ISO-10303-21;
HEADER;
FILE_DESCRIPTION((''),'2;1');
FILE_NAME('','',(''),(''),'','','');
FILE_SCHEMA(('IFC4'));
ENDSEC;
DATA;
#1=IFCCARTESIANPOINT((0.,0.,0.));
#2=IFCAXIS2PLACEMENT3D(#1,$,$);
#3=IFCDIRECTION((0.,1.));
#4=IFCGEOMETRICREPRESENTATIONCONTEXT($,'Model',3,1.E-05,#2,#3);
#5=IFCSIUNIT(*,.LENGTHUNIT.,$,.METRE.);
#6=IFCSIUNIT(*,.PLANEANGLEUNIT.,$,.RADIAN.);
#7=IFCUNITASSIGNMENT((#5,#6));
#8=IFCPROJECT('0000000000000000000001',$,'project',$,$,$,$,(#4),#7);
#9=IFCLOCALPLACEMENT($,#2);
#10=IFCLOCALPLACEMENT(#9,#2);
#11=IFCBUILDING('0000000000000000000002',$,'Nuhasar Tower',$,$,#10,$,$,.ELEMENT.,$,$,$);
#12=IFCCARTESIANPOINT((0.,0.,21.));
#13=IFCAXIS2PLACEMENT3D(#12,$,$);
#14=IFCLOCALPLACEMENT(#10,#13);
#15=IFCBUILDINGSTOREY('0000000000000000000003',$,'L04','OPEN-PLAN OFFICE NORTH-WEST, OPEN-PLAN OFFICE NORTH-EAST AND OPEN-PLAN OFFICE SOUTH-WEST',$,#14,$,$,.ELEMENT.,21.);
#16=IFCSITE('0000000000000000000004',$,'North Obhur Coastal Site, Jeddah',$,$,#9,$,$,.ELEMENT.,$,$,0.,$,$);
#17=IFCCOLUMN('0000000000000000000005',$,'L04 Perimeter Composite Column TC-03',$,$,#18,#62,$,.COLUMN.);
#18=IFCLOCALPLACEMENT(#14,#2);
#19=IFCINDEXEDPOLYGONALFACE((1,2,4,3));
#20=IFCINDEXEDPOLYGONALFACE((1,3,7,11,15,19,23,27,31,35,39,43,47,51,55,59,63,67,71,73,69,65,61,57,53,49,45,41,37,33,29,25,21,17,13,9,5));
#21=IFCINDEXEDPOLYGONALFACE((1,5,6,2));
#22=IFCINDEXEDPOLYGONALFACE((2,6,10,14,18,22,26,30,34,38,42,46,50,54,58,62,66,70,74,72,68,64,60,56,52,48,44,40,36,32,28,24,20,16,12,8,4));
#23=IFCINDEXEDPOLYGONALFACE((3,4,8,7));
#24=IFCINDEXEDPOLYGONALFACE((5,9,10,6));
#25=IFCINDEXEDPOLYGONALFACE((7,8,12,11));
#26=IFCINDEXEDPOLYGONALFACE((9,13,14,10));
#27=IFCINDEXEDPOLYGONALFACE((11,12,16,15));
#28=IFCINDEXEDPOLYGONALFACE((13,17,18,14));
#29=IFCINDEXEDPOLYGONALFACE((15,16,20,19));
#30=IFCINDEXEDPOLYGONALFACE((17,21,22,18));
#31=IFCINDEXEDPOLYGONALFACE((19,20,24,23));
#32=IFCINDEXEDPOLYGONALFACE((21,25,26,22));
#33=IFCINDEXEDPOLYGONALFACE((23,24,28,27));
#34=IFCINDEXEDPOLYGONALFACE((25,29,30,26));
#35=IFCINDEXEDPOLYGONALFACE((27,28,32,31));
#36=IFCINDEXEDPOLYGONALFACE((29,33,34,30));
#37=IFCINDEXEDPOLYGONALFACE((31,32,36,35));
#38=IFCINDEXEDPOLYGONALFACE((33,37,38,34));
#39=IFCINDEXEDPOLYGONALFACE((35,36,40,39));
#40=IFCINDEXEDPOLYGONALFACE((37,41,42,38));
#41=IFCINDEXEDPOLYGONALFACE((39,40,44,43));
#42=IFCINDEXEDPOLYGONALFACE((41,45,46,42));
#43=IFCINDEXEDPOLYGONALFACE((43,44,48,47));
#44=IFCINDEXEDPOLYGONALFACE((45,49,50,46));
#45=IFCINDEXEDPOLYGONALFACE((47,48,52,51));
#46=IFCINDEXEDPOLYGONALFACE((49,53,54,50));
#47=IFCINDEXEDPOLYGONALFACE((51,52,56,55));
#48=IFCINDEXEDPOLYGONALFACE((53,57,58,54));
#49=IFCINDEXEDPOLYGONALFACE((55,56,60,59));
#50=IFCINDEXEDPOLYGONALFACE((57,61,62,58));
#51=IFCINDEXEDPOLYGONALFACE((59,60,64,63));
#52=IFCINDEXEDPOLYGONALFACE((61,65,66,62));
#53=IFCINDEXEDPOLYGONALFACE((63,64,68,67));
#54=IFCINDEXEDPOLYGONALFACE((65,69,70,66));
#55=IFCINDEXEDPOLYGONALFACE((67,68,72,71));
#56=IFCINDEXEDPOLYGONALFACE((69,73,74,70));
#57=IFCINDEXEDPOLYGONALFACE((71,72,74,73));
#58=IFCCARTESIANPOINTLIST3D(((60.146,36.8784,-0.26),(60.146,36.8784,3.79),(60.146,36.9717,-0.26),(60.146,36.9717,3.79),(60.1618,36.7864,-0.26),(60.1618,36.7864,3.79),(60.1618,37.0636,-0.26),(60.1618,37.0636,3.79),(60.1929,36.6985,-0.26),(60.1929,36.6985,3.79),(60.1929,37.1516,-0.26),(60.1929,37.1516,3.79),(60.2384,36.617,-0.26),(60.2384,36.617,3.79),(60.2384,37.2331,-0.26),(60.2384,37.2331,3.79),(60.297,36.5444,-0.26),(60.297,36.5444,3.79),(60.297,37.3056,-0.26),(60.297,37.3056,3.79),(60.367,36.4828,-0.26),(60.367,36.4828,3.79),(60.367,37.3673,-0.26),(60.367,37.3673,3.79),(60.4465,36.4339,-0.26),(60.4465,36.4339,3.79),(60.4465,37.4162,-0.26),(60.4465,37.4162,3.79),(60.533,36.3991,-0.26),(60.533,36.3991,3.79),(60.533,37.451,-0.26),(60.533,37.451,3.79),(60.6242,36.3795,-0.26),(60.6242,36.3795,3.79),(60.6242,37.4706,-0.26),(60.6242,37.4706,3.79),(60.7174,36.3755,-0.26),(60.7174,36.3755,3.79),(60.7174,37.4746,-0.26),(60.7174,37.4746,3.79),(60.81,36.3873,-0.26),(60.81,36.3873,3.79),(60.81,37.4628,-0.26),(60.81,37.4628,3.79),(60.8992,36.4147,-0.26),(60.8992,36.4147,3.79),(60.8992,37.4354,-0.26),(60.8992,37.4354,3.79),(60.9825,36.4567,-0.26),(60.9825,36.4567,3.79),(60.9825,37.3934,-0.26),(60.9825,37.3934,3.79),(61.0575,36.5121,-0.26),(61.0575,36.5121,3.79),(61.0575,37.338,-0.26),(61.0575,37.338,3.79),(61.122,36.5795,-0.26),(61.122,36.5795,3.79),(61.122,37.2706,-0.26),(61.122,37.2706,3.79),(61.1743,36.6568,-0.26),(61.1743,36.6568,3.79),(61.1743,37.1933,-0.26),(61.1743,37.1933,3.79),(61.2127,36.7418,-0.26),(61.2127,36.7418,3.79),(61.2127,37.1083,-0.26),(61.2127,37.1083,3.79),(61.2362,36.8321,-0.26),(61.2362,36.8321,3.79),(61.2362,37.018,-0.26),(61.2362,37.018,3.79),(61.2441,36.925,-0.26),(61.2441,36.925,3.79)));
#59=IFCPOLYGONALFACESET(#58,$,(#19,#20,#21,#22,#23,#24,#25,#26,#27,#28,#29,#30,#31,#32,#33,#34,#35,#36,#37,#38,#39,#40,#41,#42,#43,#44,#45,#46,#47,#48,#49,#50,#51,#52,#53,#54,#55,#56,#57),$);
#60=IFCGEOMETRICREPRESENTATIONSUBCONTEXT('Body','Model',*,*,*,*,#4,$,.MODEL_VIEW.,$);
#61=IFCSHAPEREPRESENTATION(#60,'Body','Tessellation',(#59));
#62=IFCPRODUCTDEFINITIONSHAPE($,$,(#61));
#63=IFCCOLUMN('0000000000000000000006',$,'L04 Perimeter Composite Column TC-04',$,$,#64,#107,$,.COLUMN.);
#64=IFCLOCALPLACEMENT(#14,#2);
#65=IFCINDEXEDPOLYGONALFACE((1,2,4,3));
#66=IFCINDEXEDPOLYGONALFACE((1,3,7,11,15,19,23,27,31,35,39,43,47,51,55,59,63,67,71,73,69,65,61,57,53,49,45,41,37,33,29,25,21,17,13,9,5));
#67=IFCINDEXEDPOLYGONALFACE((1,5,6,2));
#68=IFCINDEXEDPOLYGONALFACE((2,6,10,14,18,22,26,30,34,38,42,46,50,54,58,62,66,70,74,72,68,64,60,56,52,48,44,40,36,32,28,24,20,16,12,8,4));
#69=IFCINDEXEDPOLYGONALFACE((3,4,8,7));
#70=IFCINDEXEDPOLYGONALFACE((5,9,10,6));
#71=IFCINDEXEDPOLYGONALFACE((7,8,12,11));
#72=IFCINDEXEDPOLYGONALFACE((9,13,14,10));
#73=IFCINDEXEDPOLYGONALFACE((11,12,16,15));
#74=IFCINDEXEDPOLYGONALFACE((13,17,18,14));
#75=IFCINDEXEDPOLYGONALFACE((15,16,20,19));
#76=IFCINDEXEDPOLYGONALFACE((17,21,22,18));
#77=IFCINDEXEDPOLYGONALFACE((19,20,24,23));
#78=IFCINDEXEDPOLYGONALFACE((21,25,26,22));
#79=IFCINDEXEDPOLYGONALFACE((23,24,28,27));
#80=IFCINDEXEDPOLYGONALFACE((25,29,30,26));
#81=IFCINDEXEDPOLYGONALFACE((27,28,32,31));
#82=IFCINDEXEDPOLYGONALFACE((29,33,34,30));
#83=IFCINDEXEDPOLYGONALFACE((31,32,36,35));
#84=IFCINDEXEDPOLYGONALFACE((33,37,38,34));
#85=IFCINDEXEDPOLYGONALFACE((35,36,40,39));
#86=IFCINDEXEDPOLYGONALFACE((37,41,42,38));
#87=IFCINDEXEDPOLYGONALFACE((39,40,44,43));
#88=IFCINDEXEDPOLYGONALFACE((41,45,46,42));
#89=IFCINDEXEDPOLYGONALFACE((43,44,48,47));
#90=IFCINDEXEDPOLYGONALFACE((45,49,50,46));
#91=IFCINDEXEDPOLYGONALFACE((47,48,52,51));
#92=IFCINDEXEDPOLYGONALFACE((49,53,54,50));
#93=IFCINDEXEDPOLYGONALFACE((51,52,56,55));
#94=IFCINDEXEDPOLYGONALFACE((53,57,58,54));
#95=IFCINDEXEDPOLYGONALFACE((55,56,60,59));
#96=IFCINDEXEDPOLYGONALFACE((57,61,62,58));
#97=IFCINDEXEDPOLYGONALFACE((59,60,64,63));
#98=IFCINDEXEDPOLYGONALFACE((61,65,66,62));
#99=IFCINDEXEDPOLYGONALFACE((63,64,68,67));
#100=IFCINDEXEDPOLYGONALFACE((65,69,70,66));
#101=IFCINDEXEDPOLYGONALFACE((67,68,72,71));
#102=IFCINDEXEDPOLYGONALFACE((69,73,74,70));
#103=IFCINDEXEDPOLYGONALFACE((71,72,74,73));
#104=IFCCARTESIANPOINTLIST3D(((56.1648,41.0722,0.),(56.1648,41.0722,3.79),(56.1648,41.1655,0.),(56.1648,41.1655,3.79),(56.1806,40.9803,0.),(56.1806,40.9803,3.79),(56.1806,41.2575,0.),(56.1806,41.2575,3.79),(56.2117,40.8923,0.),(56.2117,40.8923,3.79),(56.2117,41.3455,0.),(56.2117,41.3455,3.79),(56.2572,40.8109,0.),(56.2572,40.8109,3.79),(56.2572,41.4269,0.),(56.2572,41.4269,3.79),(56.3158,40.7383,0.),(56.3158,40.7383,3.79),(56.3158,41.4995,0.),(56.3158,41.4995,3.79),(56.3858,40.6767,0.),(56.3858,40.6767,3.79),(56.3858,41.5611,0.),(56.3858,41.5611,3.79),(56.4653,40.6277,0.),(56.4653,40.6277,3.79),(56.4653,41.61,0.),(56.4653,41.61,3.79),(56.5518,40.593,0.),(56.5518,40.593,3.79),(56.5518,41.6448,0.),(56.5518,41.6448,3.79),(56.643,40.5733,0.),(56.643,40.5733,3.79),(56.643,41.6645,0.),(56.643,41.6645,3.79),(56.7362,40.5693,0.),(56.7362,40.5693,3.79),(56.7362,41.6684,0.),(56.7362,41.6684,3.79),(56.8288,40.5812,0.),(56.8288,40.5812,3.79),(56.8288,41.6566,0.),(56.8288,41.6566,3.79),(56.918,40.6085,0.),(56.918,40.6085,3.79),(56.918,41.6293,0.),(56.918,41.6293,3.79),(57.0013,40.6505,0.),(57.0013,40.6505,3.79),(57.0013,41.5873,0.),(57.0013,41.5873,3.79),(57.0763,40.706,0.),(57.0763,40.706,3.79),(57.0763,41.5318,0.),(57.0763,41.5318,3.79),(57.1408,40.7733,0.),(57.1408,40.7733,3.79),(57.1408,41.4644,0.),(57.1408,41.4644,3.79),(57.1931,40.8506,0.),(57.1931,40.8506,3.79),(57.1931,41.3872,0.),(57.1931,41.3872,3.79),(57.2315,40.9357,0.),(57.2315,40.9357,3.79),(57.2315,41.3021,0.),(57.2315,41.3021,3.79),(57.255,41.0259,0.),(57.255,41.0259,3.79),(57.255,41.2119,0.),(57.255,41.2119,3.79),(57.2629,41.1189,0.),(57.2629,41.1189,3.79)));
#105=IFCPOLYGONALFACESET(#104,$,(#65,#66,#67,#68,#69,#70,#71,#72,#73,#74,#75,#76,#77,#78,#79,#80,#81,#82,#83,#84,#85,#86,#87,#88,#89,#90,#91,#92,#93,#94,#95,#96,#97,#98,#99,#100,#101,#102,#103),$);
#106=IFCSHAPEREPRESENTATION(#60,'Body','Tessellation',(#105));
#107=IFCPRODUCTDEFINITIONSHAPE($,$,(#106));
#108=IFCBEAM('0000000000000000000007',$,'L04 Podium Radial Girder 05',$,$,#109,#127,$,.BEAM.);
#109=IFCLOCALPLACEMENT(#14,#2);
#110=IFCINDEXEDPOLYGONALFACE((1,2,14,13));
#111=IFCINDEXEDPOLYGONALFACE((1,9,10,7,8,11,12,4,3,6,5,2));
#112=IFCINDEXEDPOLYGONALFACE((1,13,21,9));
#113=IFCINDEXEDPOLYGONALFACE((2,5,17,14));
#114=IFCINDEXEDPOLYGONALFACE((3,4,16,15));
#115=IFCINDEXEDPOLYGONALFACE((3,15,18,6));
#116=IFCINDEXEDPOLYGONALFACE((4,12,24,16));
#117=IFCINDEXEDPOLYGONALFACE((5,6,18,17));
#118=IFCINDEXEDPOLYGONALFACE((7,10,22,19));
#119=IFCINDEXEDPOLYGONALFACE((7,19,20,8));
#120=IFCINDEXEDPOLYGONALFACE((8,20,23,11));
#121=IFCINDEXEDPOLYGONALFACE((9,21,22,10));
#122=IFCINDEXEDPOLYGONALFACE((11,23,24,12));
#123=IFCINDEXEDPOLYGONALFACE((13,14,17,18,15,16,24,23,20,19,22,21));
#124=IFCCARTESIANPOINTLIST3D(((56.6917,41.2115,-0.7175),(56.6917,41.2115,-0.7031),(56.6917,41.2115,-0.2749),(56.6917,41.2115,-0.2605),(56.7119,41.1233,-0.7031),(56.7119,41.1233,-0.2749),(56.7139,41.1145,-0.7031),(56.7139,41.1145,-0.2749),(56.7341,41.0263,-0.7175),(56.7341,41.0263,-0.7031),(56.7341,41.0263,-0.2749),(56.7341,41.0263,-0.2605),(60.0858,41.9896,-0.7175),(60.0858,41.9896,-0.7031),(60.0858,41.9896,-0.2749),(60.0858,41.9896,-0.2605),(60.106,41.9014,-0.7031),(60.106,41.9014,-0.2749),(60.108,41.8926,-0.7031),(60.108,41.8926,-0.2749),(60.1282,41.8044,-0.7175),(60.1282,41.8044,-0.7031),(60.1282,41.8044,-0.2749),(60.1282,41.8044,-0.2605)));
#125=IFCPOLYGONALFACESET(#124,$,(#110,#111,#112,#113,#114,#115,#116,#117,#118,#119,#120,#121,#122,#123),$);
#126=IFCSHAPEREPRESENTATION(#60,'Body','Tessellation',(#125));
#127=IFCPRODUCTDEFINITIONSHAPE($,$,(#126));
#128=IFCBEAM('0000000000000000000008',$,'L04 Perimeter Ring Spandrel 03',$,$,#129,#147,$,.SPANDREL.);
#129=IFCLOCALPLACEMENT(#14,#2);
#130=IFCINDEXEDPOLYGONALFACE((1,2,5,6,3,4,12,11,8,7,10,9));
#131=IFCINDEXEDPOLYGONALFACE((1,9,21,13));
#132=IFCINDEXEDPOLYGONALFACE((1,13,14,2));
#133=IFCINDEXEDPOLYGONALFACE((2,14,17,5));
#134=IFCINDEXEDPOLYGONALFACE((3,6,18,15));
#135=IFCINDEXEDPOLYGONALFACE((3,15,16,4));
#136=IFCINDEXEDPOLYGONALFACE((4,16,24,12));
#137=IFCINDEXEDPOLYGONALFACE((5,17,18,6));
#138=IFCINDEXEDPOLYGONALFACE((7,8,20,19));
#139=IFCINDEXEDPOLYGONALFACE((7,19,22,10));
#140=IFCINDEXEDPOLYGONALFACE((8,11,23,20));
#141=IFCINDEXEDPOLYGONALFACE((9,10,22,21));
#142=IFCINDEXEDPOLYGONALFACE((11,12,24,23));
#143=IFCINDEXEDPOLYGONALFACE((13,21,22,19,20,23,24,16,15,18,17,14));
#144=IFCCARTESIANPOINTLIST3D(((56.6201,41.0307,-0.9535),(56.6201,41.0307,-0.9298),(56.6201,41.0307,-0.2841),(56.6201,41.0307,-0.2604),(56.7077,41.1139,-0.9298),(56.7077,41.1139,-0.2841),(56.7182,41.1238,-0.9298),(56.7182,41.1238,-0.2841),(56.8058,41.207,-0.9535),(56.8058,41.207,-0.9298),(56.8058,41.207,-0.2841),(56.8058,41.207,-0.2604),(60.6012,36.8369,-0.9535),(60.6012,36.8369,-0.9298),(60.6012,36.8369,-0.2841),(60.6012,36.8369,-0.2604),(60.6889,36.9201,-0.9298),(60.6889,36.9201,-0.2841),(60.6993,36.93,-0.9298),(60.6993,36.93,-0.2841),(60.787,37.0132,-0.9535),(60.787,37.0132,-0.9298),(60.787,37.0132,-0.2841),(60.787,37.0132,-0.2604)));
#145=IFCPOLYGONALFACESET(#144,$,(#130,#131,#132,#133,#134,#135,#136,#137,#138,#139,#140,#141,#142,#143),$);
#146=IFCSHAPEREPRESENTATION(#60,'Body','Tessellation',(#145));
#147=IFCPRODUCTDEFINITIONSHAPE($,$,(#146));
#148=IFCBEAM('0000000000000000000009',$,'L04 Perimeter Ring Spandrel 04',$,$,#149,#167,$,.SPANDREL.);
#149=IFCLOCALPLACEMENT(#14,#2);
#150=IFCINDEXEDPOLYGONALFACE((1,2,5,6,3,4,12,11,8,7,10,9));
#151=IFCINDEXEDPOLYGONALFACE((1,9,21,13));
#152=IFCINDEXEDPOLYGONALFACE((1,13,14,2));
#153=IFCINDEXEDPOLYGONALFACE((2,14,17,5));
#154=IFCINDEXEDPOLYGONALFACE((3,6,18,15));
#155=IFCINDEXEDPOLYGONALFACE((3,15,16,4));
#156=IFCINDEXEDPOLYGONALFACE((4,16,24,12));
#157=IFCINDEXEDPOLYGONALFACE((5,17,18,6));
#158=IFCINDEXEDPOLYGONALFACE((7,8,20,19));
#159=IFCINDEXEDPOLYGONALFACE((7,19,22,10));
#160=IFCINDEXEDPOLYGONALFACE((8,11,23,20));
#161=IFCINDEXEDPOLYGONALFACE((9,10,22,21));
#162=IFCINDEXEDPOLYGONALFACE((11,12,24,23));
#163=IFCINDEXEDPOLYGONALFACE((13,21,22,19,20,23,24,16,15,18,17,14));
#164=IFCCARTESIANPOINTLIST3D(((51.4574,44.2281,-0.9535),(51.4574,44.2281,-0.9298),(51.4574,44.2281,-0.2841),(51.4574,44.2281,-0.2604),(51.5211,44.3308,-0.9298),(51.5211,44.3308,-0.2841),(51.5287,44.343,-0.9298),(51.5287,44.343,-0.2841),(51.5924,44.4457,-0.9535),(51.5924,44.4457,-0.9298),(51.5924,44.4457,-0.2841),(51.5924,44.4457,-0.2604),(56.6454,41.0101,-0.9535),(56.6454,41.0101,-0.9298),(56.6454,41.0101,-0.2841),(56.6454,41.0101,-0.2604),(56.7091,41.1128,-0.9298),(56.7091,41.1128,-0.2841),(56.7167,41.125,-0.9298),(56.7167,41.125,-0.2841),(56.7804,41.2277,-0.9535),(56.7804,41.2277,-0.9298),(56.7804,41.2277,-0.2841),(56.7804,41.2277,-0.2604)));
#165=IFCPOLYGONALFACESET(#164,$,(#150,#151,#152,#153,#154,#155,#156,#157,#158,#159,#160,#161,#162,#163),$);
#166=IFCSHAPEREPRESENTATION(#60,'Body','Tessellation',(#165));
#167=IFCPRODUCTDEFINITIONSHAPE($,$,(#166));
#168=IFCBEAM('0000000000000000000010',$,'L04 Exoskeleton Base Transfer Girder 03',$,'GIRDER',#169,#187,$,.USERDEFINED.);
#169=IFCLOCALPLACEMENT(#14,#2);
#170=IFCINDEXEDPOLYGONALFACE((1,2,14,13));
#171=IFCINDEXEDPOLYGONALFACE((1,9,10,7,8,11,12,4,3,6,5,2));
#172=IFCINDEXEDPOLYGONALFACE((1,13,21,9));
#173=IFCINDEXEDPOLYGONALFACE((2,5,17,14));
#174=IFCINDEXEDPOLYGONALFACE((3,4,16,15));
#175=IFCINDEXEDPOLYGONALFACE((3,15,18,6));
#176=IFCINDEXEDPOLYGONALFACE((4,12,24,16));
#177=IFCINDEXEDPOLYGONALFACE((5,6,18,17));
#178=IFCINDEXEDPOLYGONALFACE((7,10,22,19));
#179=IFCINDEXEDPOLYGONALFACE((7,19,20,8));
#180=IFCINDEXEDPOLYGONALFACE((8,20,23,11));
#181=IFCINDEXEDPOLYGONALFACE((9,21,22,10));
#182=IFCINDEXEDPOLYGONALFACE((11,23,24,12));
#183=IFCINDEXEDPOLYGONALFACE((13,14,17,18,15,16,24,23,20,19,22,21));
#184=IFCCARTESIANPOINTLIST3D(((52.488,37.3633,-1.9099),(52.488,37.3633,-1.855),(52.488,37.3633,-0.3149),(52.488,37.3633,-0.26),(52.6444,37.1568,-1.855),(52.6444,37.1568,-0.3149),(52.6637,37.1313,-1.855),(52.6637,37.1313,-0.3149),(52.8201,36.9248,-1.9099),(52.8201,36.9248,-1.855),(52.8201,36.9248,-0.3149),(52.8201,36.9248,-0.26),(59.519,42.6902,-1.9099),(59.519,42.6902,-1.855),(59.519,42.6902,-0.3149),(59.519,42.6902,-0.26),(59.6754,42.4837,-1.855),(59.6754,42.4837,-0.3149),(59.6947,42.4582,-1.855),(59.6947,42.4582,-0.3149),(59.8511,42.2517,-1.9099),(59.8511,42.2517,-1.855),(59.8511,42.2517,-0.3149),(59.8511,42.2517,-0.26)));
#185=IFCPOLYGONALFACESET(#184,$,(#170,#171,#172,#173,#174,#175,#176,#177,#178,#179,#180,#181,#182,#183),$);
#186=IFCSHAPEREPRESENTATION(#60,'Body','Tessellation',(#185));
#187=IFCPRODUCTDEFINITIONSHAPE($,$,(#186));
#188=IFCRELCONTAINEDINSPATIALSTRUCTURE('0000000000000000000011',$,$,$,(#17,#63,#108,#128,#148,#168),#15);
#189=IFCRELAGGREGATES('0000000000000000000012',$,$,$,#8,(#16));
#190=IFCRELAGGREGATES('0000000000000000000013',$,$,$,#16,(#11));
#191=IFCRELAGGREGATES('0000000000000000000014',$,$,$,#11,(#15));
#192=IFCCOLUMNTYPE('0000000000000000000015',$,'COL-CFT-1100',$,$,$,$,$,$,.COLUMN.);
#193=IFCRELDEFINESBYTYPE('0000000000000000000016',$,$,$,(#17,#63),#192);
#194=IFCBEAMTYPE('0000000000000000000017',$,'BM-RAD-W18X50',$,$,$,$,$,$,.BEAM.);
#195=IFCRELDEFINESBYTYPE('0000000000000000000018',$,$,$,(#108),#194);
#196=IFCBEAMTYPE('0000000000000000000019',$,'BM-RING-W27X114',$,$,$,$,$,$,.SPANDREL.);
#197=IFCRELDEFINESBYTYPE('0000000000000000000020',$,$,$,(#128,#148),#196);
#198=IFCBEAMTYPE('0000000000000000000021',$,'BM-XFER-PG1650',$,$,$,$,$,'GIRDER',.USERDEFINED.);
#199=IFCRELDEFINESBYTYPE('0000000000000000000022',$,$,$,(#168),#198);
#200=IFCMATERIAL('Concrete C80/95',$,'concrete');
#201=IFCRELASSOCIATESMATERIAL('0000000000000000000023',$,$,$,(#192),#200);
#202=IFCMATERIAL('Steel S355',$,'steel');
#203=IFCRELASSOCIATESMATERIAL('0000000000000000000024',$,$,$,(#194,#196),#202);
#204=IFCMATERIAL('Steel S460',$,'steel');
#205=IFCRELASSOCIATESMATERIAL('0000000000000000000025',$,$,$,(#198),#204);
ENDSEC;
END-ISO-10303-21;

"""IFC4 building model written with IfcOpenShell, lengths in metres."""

from ifc_helpers import new_model, si_unit, direction, frame, origin, origin_2d, place, context, subcontext, project, spatial, circle, i_section, extrude, material, material_profile, profile_set, type_object, element, save


model = new_model("IFC4")

# Units and contexts
model_context = context("Model", 3, precision=1e-05, world=origin(), true_north=direction((0.0, 1.0)))
body_context = subcontext(model_context, "Body", "Model", "MODEL_VIEW")
ifc_project = project(units=[si_unit("LENGTHUNIT", "METRE"), si_unit("PLANEANGLEUNIT", "RADIAN")], contexts=[model_context])

# Site, building, storey
site_placement = place(None, origin())
site = spatial("IfcSite", under=ifc_project, at=site_placement, Name="North Obhur Coastal Site, Jeddah", CompositionType="ELEMENT", RefElevation=0.0)
building_placement = place(site_placement, origin())
building = spatial("IfcBuilding", under=site, at=building_placement, Name="Nuhasar Tower", CompositionType="ELEMENT")
storey_placement = place(building_placement, frame((0.0, 0.0, 21.0)))
storey = spatial("IfcBuildingStorey", under=building, at=storey_placement, Name="L04", Description="OPEN-PLAN OFFICE NORTH-WEST, OPEN-PLAN OFFICE NORTH-EAST AND OPEN-PLAN OFFICE SOUTH-WEST", CompositionType="ELEMENT", Elevation=21.0)

# Columns
ifc_material_1 = material(Name="Concrete C80/95", Category="concrete")
ifc_material_profile_1 = material_profile(ifc_material_1, circle(Radius=0.55, at=origin_2d()), Name="CFT1100")
ifc_profile_set_1 = profile_set([ifc_material_profile_1], Name="Concrete C80/95")
column_type = type_object("IfcColumnType", Name="COL-CFT-1100", PredefinedType="COLUMN", material=ifc_profile_set_1)
column_1_placement = place(storey_placement, frame((60.6941, 36.925, -0.26), z_axis=(0.0, 0.0, 1.0), x_axis=(1.0, 0.0, 0.0)))
element("IfcColumn", 1, at=column_1_placement, inside=storey, type_object=column_type, Name="L04 Perimeter Composite Column TC-03", PredefinedType="COLUMN", context=body_context, shape_type="SweptSolid", body=[
    extrude(circle(Radius=0.55, at=origin_2d()), origin(), (0.0, 0.0, 1.0), 4.05),
])
column_2_placement = place(storey_placement, frame((56.7129, 41.1189, 0.0), z_axis=(0.0, 0.0, 1.0), x_axis=(1.0, 0.0, 0.0)))
element("IfcColumn", 2, at=column_2_placement, inside=storey, type_object=column_type, Name="L04 Perimeter Composite Column TC-04", PredefinedType="COLUMN", context=body_context, shape_type="SweptSolid", body=[
    extrude(circle(Radius=0.55, at=origin_2d()), origin(), (0.0, 0.0, 1.0), 3.79),
])

# Beams
ifc_material_2 = material(Name="Steel S355", Category="steel")
ifc_material_profile_2 = material_profile(ifc_material_2, i_section(OverallWidth=0.1899, OverallDepth=0.457, WebThickness=0.009, FlangeThickness=0.0144, at=origin_2d()), Name="W18X50")
ifc_profile_set_2 = profile_set([ifc_material_profile_2], Name="Steel S355")
beam_type_1 = type_object("IfcBeamType", Name="BM-RAD-W18X50", PredefinedType="BEAM", material=ifc_profile_set_2)
beam_1_placement = place(storey_placement, frame((56.7129, 41.1189, -0.489), z_axis=(0.974715, 0.223451, 0.0), x_axis=(-0.223451, 0.974715, 0.0)))
element("IfcBeam", 3, at=beam_1_placement, inside=storey, type_object=beam_type_1, Name="L04 Podium Radial Girder 05", PredefinedType="BEAM", context=body_context, shape_type="SweptSolid", body=[
    extrude(i_section(OverallWidth=0.1899, OverallDepth=0.457, WebThickness=0.009, FlangeThickness=0.0144, at=origin_2d()), origin(), (0.0, 0.0, 1.0), 3.4822),
])
ifc_material_profile_3 = material_profile(ifc_material_2, i_section(OverallWidth=0.2561, OverallDepth=0.6931, WebThickness=0.0144, FlangeThickness=0.0237, at=origin_2d()), Name="W27X114")
ifc_profile_set_3 = profile_set([ifc_material_profile_3], Name="Steel S355")
beam_type_2 = type_object("IfcBeamType", Name="BM-RING-W27X114", PredefinedType="SPANDREL", material=ifc_profile_set_3)
beam_2_placement = place(storey_placement, frame((60.6941, 36.925, -0.6069), z_axis=(-0.688481, 0.725254, 0.0), x_axis=(-0.725254, -0.688481, 0.0)))
element("IfcBeam", 4, at=beam_2_placement, inside=storey, type_object=beam_type_2, Name="L04 Perimeter Ring Spandrel 03", PredefinedType="SPANDREL", context=body_context, shape_type="SweptSolid", body=[
    extrude(i_section(OverallWidth=0.2561, OverallDepth=0.6931, WebThickness=0.0144, FlangeThickness=0.0237, at=origin_2d()), origin(), (0.0, 0.0, 1.0), 5.7825),
])
beam_3_placement = place(storey_placement, frame((56.7129, 41.1189, -0.6069), z_axis=(-0.849795, 0.527113, 0.0), x_axis=(-0.527113, -0.849795, 0.0)))
element("IfcBeam", 5, at=beam_3_placement, inside=storey, type_object=beam_type_2, Name="L04 Perimeter Ring Spandrel 04", PredefinedType="SPANDREL", context=body_context, shape_type="SweptSolid", body=[
    extrude(i_section(OverallWidth=0.2561, OverallDepth=0.6931, WebThickness=0.0144, FlangeThickness=0.0237, at=origin_2d()), origin(), (0.0, 0.0, 1.0), 6.105),
])
ifc_material_3 = material(Name="Steel S460", Category="steel")
ifc_material_profile_4 = material_profile(ifc_material_3, i_section(OverallWidth=0.55, OverallDepth=1.6499, WebThickness=0.032, FlangeThickness=0.0549, at=origin_2d()), Name="PG1650X550")
ifc_profile_set_4 = profile_set([ifc_material_profile_4], Name="Steel S460")
beam_type_3 = type_object("IfcBeamType", Name="BM-XFER-PG1650", ElementType="GIRDER", PredefinedType="USERDEFINED", material=ifc_profile_set_4)
beam_4_placement = place(storey_placement, frame((52.6541, 37.144, -1.085), z_axis=(0.797071, 0.603885, 0.0), x_axis=(-0.603885, 0.797071, 0.0)))
element("IfcBeam", 6, at=beam_4_placement, inside=storey, type_object=beam_type_3, Name="L04 Exoskeleton Base Transfer Girder 03", ObjectType="GIRDER", PredefinedType="USERDEFINED", context=body_context, shape_type="SweptSolid", body=[
    extrude(i_section(OverallWidth=0.55, OverallDepth=1.6499, WebThickness=0.032, FlangeThickness=0.0549, at=origin_2d()), origin(), (0.0, 0.0, 1.0), 8.821),
])

save(model, "model.ifc")
